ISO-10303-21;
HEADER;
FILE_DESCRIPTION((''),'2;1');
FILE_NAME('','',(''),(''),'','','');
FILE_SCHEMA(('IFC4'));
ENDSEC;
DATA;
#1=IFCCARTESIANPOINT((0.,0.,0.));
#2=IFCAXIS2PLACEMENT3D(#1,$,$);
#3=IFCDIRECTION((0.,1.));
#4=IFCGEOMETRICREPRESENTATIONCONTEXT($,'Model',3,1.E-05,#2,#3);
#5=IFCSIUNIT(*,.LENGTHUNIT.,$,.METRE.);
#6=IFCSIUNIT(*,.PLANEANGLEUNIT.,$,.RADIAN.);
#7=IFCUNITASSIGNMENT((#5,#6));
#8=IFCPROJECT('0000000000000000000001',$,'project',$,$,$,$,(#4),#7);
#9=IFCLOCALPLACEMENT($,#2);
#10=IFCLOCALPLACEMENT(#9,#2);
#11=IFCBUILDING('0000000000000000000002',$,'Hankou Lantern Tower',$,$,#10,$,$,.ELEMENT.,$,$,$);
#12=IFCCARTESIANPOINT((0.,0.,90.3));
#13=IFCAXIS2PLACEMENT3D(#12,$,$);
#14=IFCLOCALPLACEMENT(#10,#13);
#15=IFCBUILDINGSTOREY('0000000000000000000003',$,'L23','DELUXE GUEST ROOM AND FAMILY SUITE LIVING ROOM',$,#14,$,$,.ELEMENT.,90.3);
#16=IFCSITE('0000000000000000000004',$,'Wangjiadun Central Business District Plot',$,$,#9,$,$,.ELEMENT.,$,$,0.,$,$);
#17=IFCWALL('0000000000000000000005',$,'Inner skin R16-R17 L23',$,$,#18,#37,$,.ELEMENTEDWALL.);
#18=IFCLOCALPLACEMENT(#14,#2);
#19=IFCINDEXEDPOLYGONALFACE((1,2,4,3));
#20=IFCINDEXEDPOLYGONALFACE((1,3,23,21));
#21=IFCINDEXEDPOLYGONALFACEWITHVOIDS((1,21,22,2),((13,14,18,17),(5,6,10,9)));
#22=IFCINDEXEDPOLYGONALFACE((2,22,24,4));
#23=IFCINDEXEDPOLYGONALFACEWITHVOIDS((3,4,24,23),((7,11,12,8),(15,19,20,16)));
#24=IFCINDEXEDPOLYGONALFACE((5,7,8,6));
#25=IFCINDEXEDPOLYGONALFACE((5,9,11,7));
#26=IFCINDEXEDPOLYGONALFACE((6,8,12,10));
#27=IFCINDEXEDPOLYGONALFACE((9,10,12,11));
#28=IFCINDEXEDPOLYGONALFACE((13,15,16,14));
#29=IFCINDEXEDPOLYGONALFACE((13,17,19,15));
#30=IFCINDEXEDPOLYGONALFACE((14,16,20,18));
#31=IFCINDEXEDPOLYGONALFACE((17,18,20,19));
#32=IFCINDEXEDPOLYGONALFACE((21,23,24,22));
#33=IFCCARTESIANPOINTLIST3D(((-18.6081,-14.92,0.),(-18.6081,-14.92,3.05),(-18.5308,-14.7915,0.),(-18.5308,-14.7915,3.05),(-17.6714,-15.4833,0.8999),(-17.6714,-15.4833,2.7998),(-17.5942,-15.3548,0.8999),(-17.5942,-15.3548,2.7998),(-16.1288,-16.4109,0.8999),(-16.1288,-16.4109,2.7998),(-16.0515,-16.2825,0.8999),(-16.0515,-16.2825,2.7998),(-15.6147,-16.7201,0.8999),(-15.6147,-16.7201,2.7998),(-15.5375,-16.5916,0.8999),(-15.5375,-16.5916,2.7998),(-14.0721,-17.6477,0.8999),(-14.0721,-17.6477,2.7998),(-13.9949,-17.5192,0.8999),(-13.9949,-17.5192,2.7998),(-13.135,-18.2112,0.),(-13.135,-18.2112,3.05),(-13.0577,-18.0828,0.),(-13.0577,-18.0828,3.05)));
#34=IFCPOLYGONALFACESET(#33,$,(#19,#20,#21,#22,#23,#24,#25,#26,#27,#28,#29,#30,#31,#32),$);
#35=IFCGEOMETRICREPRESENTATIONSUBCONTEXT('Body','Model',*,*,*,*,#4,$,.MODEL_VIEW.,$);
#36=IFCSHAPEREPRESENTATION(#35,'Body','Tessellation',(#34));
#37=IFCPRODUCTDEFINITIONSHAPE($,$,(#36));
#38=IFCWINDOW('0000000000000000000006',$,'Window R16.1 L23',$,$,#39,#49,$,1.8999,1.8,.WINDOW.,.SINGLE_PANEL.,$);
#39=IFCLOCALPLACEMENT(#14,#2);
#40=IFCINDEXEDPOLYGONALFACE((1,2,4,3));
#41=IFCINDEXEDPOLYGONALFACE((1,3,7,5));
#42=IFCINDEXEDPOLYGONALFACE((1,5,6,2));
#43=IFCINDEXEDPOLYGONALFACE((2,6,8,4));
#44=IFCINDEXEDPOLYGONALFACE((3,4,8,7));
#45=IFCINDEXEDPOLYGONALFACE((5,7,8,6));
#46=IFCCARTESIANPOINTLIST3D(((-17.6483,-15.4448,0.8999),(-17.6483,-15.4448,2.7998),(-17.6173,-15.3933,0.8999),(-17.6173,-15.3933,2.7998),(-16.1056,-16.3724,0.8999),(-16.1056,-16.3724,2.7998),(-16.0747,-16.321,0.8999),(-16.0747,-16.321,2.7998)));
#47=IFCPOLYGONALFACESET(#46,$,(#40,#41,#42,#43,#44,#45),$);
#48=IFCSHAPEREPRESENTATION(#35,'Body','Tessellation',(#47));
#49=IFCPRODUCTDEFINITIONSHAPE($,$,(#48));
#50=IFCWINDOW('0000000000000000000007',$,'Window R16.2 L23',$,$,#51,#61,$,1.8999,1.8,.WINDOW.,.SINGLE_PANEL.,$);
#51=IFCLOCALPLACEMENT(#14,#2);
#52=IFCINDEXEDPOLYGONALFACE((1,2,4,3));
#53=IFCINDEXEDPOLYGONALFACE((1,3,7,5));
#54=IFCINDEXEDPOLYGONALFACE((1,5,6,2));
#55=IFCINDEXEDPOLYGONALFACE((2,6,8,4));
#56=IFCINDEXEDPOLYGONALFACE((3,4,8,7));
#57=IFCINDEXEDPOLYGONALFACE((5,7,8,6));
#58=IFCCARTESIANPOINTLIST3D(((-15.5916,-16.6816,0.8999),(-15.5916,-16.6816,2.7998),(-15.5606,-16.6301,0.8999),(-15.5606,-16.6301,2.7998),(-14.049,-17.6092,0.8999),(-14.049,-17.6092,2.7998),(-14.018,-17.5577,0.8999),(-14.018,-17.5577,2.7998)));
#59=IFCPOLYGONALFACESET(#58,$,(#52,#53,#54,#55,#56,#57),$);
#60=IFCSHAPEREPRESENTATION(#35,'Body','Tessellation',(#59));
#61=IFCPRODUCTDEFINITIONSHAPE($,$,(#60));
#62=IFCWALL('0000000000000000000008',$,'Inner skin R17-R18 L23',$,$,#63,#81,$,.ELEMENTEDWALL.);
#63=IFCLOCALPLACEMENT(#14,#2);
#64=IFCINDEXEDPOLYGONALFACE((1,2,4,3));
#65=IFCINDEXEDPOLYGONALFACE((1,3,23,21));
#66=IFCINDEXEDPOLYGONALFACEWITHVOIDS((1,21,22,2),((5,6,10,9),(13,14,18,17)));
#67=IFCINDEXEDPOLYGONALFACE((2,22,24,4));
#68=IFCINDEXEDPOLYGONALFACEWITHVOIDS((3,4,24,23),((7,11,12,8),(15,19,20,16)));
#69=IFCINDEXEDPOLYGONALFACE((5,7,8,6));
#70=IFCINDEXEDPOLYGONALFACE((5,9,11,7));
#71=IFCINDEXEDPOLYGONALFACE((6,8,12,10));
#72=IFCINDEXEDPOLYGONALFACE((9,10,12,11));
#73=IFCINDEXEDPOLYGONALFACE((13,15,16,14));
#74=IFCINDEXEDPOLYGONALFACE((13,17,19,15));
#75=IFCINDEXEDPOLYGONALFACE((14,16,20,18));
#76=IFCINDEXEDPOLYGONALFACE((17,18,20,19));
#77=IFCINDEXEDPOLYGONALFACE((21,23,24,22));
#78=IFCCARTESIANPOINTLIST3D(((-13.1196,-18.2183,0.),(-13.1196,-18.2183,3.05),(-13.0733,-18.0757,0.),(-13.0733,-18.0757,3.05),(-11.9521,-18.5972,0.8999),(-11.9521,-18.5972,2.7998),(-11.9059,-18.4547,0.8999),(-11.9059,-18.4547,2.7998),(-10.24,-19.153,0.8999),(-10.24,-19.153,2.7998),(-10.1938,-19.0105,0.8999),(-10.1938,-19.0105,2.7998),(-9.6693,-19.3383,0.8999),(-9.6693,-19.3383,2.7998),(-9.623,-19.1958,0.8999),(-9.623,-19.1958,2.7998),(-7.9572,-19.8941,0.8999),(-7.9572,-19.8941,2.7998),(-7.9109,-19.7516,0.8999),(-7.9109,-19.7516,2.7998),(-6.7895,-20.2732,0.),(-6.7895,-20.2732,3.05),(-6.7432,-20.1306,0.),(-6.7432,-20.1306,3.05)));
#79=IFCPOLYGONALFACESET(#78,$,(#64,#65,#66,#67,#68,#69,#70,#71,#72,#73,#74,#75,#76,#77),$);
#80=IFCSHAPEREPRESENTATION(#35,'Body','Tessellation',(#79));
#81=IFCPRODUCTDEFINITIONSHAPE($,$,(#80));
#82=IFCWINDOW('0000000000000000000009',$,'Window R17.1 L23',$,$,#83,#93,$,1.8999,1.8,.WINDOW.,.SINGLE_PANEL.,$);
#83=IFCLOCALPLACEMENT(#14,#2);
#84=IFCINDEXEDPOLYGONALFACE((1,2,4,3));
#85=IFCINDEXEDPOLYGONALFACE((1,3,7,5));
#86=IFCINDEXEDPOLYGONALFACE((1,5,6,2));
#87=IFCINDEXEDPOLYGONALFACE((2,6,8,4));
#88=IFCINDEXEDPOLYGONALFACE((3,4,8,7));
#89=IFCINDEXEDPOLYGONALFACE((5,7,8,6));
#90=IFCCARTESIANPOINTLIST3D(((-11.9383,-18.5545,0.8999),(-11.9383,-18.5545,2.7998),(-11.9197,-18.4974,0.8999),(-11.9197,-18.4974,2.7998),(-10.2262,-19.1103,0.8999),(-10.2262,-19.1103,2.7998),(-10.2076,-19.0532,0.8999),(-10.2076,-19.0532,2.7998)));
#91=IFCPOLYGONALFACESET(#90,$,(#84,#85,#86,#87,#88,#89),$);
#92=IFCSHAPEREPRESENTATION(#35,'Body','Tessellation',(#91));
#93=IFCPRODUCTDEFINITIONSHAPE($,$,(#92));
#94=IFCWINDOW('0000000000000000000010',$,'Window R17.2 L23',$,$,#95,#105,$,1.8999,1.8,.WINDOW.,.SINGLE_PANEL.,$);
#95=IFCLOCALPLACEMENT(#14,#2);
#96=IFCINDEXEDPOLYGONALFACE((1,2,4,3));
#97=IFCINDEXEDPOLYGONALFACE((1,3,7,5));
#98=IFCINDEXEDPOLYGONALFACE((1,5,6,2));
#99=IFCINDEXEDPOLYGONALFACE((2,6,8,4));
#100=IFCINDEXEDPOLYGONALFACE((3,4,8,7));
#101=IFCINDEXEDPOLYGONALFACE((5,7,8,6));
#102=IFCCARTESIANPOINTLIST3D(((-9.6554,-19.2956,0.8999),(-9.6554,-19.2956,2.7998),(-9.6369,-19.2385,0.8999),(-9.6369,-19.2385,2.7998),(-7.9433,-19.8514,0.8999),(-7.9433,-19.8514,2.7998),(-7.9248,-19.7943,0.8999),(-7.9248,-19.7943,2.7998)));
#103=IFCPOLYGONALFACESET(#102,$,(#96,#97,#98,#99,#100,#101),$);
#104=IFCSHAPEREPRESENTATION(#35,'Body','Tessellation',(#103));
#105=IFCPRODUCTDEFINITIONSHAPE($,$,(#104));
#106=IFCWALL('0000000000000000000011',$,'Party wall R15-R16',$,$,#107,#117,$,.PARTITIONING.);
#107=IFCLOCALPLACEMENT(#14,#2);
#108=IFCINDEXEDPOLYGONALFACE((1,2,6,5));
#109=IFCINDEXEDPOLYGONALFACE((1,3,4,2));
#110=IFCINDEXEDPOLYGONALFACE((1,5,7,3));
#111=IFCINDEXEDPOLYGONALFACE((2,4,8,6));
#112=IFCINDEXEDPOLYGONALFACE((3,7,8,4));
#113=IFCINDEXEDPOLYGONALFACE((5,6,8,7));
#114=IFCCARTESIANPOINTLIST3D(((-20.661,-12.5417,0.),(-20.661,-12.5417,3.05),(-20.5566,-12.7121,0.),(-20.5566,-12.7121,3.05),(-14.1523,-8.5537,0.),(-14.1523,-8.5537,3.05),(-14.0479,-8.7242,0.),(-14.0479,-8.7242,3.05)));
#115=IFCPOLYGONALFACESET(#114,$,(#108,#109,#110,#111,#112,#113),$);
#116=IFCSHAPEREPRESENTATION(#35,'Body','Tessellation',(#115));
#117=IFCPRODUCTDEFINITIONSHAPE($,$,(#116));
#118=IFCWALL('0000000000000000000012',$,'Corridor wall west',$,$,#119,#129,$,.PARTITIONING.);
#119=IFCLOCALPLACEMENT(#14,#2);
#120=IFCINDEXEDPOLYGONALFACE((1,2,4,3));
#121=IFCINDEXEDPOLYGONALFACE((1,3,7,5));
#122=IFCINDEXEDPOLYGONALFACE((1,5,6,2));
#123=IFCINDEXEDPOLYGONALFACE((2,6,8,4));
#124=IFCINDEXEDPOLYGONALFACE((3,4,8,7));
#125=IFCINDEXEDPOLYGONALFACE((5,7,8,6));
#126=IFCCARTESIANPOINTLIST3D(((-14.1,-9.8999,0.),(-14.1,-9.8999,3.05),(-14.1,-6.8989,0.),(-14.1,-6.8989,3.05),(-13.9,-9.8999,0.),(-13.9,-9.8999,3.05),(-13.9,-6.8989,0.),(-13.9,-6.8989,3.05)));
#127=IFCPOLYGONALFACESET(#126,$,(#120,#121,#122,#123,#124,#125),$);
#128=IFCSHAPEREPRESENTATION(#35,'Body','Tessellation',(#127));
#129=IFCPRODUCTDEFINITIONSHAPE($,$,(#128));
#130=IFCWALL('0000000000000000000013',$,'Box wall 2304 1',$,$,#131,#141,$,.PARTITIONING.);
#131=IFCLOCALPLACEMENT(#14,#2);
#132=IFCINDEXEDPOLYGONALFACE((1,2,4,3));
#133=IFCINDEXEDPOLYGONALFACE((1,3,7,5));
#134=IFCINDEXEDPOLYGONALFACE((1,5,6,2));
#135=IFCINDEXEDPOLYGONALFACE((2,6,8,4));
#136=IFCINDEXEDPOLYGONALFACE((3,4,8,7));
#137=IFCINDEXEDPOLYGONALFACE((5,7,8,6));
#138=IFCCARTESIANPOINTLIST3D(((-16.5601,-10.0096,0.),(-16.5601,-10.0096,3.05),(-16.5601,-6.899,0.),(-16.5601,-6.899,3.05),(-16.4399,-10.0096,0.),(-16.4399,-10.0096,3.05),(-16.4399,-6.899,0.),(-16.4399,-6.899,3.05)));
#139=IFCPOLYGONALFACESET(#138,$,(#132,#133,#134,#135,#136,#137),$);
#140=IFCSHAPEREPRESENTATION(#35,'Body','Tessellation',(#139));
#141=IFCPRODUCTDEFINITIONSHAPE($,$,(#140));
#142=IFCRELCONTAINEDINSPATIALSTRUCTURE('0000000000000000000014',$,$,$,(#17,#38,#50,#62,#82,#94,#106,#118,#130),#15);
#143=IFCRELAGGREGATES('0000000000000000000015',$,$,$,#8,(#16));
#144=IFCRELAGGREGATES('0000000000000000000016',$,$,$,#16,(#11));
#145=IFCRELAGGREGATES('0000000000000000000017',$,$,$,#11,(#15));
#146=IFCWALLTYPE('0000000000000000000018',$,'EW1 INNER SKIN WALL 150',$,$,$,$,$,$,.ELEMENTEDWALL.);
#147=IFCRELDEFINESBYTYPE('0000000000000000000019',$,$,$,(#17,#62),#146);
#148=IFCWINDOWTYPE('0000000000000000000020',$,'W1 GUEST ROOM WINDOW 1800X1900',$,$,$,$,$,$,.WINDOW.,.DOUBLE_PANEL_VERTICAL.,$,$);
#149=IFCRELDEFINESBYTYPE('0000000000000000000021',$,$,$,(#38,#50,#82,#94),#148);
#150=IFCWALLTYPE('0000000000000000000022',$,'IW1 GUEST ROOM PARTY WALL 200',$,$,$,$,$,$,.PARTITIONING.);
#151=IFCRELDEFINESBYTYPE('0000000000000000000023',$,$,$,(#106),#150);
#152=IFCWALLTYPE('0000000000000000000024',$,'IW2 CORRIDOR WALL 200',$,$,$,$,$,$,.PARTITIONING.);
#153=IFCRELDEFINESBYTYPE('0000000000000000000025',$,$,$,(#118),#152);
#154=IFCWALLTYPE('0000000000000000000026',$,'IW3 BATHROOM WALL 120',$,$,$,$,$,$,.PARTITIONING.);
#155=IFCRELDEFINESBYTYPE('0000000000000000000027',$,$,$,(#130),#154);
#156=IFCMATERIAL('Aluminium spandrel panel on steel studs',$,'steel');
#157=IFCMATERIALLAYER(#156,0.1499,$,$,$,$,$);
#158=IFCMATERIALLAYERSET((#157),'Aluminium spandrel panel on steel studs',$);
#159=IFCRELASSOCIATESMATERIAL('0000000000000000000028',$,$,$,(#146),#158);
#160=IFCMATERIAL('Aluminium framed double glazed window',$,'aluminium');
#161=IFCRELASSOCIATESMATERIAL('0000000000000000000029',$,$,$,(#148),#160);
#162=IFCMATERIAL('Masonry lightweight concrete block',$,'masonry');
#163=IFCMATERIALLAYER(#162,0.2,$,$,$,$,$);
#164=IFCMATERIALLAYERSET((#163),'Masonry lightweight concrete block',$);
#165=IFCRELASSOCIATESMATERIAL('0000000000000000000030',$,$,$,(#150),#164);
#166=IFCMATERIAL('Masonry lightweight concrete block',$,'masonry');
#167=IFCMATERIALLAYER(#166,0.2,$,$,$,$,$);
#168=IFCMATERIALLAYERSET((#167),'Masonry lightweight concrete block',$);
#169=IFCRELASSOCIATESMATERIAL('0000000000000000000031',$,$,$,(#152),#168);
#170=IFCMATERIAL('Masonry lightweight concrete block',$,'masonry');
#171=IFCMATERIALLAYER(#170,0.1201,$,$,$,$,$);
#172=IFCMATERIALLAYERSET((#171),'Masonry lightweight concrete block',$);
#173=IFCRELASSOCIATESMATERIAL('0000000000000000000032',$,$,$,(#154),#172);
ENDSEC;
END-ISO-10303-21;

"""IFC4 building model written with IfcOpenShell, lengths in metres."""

from ifc_helpers import new_model, si_unit, direction, frame, frame_2d, origin, place, context, subcontext, project, spatial, rectangle, extrude, material, layer, layer_set, type_object, element, fill, save


model = new_model("IFC4")

# Units and contexts
model_context = context("Model", 3, precision=1e-05, world=origin(), true_north=direction((0.0, 1.0)))
body_context = subcontext(model_context, "Body", "Model", "MODEL_VIEW")
ifc_project = project(units=[si_unit("LENGTHUNIT", "METRE"), si_unit("PLANEANGLEUNIT", "RADIAN")], contexts=[model_context])

# Site, building, storey
site_placement = place(None, origin())
site = spatial("IfcSite", under=ifc_project, at=site_placement, Name="Wangjiadun Central Business District Plot", CompositionType="ELEMENT", RefElevation=0.0)
building_placement = place(site_placement, origin())
building = spatial("IfcBuilding", under=site, at=building_placement, Name="Hankou Lantern Tower", CompositionType="ELEMENT")
storey_placement = place(building_placement, frame((0.0, 0.0, 90.3)))
storey = spatial("IfcBuildingStorey", under=building, at=storey_placement, Name="L23", Description="DELUXE GUEST ROOM AND FAMILY SUITE LIVING ROOM", CompositionType="ELEMENT", Elevation=90.3)

# Walls, openings, windows
ifc_material_1 = material(Name="Aluminium spandrel panel on steel studs", Category="steel")
ifc_layer_1 = layer(ifc_material_1, 0.1499)
ifc_layer_set_1 = layer_set([ifc_layer_1], Name="Aluminium spandrel panel on steel studs")
wall_type_1 = type_object("IfcWallType", Name="EW1 INNER SKIN WALL 150", PredefinedType="ELEMENTEDWALL", material=ifc_layer_set_1)
ifc_material_2 = material(Name="Aluminium framed double glazed window", Category="aluminium")
window_type = type_object("IfcWindowType", Name="W1 GUEST ROOM WINDOW 1800X1900", PartitioningType="DOUBLE_PANEL_VERTICAL", PredefinedType="WINDOW", material=ifc_material_2)
wall_1_placement = place(storey_placement, frame((-18.5696, -14.8557, 0.0), z_axis=(0.0, 0.0, 1.0), x_axis=(0.856983, -0.515344, 0.0)))
wall_1 = element("IfcWall", 1, at=wall_1_placement, inside=storey, type_object=wall_type_1, Name="Inner skin R16-R17 L23", PredefinedType="ELEMENTEDWALL", context=body_context, shape_type="SweptSolid", body=[
    extrude(rectangle(XDim=6.3865, YDim=0.1499, at=frame_2d((3.1934, 0.0))), origin(), (0.0, 0.0, 1.0), 3.05),
])
opening_1_placement = place(wall_1_placement, frame((1.0933, 0.0, 0.8999)))
opening_1 = element("IfcOpeningElement", 2, at=opening_1_placement, cuts=wall_1, PredefinedType="OPENING", context=body_context, shape_type="SweptSolid", body=[
    extrude(rectangle(XDim=1.8, YDim=1.8999, at=frame_2d((0.8999, 0.95))), frame((0.0, 0.085, 0.0), z_axis=(0.0, -1.0, 0.0), x_axis=(1.0, 0.0, 0.0)), (0.0, 0.0, 1.0), 0.1699),
])
opening_2_placement = place(wall_1_placement, frame((3.4932, 0.0, 0.8999)))
opening_2 = element("IfcOpeningElement", 3, at=opening_2_placement, cuts=wall_1, PredefinedType="OPENING", context=body_context, shape_type="SweptSolid", body=[
    extrude(rectangle(XDim=1.8, YDim=1.8999, at=frame_2d((0.8999, 0.95))), frame((0.0, 0.085, 0.0), z_axis=(0.0, -1.0, 0.0), x_axis=(1.0, 0.0, 0.0)), (0.0, 0.0, 1.0), 0.1699),
])
window_1_placement = place(opening_1_placement, origin())
window_1 = element("IfcWindow", 4, at=window_1_placement, inside=storey, type_object=window_type, Name="Window R16.1 L23", OverallHeight=1.8999, OverallWidth=1.8, PartitioningType="SINGLE_PANEL", PredefinedType="WINDOW", context=body_context, shape_type="SweptSolid", body=[
    extrude(rectangle(XDim=1.8, YDim=1.8999, at=frame_2d((0.8999, 0.95))), frame((0.0, 0.03, 0.0), z_axis=(0.0, -1.0, 0.0), x_axis=(1.0, 0.0, 0.0)), (0.0, 0.0, 1.0), 0.0601),
])
fill(opening_1, window_1)
window_2_placement = place(opening_2_placement, origin())
window_2 = element("IfcWindow", 5, at=window_2_placement, inside=storey, type_object=window_type, Name="Window R16.2 L23", OverallHeight=1.8999, OverallWidth=1.8, PartitioningType="SINGLE_PANEL", PredefinedType="WINDOW", context=body_context, shape_type="SweptSolid", body=[
    extrude(rectangle(XDim=1.8, YDim=1.8999, at=frame_2d((0.8999, 0.95))), frame((0.0, 0.03, 0.0), z_axis=(0.0, -1.0, 0.0), x_axis=(1.0, 0.0, 0.0)), (0.0, 0.0, 1.0), 0.0601),
])
fill(opening_2, window_2)
wall_2_placement = place(storey_placement, frame((-13.0964, -18.147, 0.0), z_axis=(0.0, 0.0, 1.0), x_axis=(0.951138, -0.308768, 0.0)))
wall_2 = element("IfcWall", 6, at=wall_2_placement, inside=storey, type_object=wall_type_1, Name="Inner skin R17-R18 L23", PredefinedType="ELEMENTEDWALL", context=body_context, shape_type="SweptSolid", body=[
    extrude(rectangle(XDim=6.6553, YDim=0.1499, at=frame_2d((3.3276, 0.0))), origin(), (0.0, 0.0, 1.0), 3.05),
])
opening_3_placement = place(wall_2_placement, frame((1.2275, 0.0, 0.8999)))
opening_3 = element("IfcOpeningElement", 7, at=opening_3_placement, cuts=wall_2, PredefinedType="OPENING", context=body_context, shape_type="SweptSolid", body=[
    extrude(rectangle(XDim=1.8, YDim=1.8999, at=frame_2d((0.8999, 0.95))), frame((0.0, 0.085, 0.0), z_axis=(0.0, -1.0, 0.0), x_axis=(1.0, 0.0, 0.0)), (0.0, 0.0, 1.0), 0.1699),
])
opening_4_placement = place(wall_2_placement, frame((3.6277, 0.0, 0.8999)))
opening_4 = element("IfcOpeningElement", 8, at=opening_4_placement, cuts=wall_2, PredefinedType="OPENING", context=body_context, shape_type="SweptSolid", body=[
    extrude(rectangle(XDim=1.8, YDim=1.8999, at=frame_2d((0.8999, 0.95))), frame((0.0, 0.085, 0.0), z_axis=(0.0, -1.0, 0.0), x_axis=(1.0, 0.0, 0.0)), (0.0, 0.0, 1.0), 0.1699),
])
window_3_placement = place(opening_3_placement, origin())
window_3 = element("IfcWindow", 9, at=window_3_placement, inside=storey, type_object=window_type, Name="Window R17.1 L23", OverallHeight=1.8999, OverallWidth=1.8, PartitioningType="SINGLE_PANEL", PredefinedType="WINDOW", context=body_context, shape_type="SweptSolid", body=[
    extrude(rectangle(XDim=1.8, YDim=1.8999, at=frame_2d((0.8999, 0.95))), frame((0.0, 0.03, 0.0), z_axis=(0.0, -1.0, 0.0), x_axis=(1.0, 0.0, 0.0)), (0.0, 0.0, 1.0), 0.0601),
])
fill(opening_3, window_3)
window_4_placement = place(opening_4_placement, origin())
window_4 = element("IfcWindow", 10, at=window_4_placement, inside=storey, type_object=window_type, Name="Window R17.2 L23", OverallHeight=1.8999, OverallWidth=1.8, PartitioningType="SINGLE_PANEL", PredefinedType="WINDOW", context=body_context, shape_type="SweptSolid", body=[
    extrude(rectangle(XDim=1.8, YDim=1.8999, at=frame_2d((0.8999, 0.95))), frame((0.0, 0.03, 0.0), z_axis=(0.0, -1.0, 0.0), x_axis=(1.0, 0.0, 0.0)), (0.0, 0.0, 1.0), 0.0601),
])
fill(opening_4, window_4)

# Walls
ifc_material_3 = material(Name="Masonry lightweight concrete block", Category="masonry")
ifc_layer_2 = layer(ifc_material_3, 0.2)
ifc_layer_set_2 = layer_set([ifc_layer_2], Name="Masonry lightweight concrete block")
wall_type_2 = type_object("IfcWallType", Name="IW1 GUEST ROOM PARTY WALL 200", PredefinedType="PARTITIONING", material=ifc_layer_set_2)
wall_3_placement = place(storey_placement, frame((-14.1001, -8.6389, 0.0), z_axis=(0.0, 0.0, 1.0), x_axis=(-0.852672, -0.522446, 0.0)))
element("IfcWall", 11, at=wall_3_placement, inside=storey, type_object=wall_type_2, Name="Party wall R15-R16", PredefinedType="PARTITIONING", context=body_context, shape_type="SweptSolid", body=[
    extrude(rectangle(XDim=7.6333, YDim=0.2, at=frame_2d((3.8167, 0.0))), origin(), (0.0, 0.0, 1.0), 3.05),
])
ifc_material_4 = material(Name="Masonry lightweight concrete block", Category="masonry")
ifc_layer_3 = layer(ifc_material_4, 0.2)
ifc_layer_set_3 = layer_set([ifc_layer_3], Name="Masonry lightweight concrete block")
wall_type_3 = type_object("IfcWallType", Name="IW2 CORRIDOR WALL 200", PredefinedType="PARTITIONING", material=ifc_layer_set_3)
wall_4_placement = place(storey_placement, frame((-14.0, -6.8989, 0.0), z_axis=(0.0, 0.0, 1.0), x_axis=(0.0, -1.0, 0.0)))
element("IfcWall", 12, at=wall_4_placement, inside=storey, type_object=wall_type_3, Name="Corridor wall west", PredefinedType="PARTITIONING", context=body_context, shape_type="SweptSolid", body=[
    extrude(rectangle(XDim=3.001, YDim=0.2, at=frame_2d((1.5005, 0.0))), origin(), (0.0, 0.0, 1.0), 3.05),
])
ifc_material_5 = material(Name="Masonry lightweight concrete block", Category="masonry")
ifc_layer_4 = layer(ifc_material_5, 0.1201)
ifc_layer_set_4 = layer_set([ifc_layer_4], Name="Masonry lightweight concrete block")
wall_type_4 = type_object("IfcWallType", Name="IW3 BATHROOM WALL 120", PredefinedType="PARTITIONING", material=ifc_layer_set_4)
wall_5_placement = place(storey_placement, frame((-16.5, -10.0095, 0.0), z_axis=(0.0, 0.0, 1.0), x_axis=(0.0, 1.0, 0.0)))
element("IfcWall", 13, at=wall_5_placement, inside=storey, type_object=wall_type_4, Name="Box wall 2304 1", PredefinedType="PARTITIONING", context=body_context, shape_type="SweptSolid", body=[
    extrude(rectangle(XDim=3.1106, YDim=0.1201, at=frame_2d((1.5552, 0.0))), origin(), (0.0, 0.0, 1.0), 3.05),
])

save(model, "model.ifc")
